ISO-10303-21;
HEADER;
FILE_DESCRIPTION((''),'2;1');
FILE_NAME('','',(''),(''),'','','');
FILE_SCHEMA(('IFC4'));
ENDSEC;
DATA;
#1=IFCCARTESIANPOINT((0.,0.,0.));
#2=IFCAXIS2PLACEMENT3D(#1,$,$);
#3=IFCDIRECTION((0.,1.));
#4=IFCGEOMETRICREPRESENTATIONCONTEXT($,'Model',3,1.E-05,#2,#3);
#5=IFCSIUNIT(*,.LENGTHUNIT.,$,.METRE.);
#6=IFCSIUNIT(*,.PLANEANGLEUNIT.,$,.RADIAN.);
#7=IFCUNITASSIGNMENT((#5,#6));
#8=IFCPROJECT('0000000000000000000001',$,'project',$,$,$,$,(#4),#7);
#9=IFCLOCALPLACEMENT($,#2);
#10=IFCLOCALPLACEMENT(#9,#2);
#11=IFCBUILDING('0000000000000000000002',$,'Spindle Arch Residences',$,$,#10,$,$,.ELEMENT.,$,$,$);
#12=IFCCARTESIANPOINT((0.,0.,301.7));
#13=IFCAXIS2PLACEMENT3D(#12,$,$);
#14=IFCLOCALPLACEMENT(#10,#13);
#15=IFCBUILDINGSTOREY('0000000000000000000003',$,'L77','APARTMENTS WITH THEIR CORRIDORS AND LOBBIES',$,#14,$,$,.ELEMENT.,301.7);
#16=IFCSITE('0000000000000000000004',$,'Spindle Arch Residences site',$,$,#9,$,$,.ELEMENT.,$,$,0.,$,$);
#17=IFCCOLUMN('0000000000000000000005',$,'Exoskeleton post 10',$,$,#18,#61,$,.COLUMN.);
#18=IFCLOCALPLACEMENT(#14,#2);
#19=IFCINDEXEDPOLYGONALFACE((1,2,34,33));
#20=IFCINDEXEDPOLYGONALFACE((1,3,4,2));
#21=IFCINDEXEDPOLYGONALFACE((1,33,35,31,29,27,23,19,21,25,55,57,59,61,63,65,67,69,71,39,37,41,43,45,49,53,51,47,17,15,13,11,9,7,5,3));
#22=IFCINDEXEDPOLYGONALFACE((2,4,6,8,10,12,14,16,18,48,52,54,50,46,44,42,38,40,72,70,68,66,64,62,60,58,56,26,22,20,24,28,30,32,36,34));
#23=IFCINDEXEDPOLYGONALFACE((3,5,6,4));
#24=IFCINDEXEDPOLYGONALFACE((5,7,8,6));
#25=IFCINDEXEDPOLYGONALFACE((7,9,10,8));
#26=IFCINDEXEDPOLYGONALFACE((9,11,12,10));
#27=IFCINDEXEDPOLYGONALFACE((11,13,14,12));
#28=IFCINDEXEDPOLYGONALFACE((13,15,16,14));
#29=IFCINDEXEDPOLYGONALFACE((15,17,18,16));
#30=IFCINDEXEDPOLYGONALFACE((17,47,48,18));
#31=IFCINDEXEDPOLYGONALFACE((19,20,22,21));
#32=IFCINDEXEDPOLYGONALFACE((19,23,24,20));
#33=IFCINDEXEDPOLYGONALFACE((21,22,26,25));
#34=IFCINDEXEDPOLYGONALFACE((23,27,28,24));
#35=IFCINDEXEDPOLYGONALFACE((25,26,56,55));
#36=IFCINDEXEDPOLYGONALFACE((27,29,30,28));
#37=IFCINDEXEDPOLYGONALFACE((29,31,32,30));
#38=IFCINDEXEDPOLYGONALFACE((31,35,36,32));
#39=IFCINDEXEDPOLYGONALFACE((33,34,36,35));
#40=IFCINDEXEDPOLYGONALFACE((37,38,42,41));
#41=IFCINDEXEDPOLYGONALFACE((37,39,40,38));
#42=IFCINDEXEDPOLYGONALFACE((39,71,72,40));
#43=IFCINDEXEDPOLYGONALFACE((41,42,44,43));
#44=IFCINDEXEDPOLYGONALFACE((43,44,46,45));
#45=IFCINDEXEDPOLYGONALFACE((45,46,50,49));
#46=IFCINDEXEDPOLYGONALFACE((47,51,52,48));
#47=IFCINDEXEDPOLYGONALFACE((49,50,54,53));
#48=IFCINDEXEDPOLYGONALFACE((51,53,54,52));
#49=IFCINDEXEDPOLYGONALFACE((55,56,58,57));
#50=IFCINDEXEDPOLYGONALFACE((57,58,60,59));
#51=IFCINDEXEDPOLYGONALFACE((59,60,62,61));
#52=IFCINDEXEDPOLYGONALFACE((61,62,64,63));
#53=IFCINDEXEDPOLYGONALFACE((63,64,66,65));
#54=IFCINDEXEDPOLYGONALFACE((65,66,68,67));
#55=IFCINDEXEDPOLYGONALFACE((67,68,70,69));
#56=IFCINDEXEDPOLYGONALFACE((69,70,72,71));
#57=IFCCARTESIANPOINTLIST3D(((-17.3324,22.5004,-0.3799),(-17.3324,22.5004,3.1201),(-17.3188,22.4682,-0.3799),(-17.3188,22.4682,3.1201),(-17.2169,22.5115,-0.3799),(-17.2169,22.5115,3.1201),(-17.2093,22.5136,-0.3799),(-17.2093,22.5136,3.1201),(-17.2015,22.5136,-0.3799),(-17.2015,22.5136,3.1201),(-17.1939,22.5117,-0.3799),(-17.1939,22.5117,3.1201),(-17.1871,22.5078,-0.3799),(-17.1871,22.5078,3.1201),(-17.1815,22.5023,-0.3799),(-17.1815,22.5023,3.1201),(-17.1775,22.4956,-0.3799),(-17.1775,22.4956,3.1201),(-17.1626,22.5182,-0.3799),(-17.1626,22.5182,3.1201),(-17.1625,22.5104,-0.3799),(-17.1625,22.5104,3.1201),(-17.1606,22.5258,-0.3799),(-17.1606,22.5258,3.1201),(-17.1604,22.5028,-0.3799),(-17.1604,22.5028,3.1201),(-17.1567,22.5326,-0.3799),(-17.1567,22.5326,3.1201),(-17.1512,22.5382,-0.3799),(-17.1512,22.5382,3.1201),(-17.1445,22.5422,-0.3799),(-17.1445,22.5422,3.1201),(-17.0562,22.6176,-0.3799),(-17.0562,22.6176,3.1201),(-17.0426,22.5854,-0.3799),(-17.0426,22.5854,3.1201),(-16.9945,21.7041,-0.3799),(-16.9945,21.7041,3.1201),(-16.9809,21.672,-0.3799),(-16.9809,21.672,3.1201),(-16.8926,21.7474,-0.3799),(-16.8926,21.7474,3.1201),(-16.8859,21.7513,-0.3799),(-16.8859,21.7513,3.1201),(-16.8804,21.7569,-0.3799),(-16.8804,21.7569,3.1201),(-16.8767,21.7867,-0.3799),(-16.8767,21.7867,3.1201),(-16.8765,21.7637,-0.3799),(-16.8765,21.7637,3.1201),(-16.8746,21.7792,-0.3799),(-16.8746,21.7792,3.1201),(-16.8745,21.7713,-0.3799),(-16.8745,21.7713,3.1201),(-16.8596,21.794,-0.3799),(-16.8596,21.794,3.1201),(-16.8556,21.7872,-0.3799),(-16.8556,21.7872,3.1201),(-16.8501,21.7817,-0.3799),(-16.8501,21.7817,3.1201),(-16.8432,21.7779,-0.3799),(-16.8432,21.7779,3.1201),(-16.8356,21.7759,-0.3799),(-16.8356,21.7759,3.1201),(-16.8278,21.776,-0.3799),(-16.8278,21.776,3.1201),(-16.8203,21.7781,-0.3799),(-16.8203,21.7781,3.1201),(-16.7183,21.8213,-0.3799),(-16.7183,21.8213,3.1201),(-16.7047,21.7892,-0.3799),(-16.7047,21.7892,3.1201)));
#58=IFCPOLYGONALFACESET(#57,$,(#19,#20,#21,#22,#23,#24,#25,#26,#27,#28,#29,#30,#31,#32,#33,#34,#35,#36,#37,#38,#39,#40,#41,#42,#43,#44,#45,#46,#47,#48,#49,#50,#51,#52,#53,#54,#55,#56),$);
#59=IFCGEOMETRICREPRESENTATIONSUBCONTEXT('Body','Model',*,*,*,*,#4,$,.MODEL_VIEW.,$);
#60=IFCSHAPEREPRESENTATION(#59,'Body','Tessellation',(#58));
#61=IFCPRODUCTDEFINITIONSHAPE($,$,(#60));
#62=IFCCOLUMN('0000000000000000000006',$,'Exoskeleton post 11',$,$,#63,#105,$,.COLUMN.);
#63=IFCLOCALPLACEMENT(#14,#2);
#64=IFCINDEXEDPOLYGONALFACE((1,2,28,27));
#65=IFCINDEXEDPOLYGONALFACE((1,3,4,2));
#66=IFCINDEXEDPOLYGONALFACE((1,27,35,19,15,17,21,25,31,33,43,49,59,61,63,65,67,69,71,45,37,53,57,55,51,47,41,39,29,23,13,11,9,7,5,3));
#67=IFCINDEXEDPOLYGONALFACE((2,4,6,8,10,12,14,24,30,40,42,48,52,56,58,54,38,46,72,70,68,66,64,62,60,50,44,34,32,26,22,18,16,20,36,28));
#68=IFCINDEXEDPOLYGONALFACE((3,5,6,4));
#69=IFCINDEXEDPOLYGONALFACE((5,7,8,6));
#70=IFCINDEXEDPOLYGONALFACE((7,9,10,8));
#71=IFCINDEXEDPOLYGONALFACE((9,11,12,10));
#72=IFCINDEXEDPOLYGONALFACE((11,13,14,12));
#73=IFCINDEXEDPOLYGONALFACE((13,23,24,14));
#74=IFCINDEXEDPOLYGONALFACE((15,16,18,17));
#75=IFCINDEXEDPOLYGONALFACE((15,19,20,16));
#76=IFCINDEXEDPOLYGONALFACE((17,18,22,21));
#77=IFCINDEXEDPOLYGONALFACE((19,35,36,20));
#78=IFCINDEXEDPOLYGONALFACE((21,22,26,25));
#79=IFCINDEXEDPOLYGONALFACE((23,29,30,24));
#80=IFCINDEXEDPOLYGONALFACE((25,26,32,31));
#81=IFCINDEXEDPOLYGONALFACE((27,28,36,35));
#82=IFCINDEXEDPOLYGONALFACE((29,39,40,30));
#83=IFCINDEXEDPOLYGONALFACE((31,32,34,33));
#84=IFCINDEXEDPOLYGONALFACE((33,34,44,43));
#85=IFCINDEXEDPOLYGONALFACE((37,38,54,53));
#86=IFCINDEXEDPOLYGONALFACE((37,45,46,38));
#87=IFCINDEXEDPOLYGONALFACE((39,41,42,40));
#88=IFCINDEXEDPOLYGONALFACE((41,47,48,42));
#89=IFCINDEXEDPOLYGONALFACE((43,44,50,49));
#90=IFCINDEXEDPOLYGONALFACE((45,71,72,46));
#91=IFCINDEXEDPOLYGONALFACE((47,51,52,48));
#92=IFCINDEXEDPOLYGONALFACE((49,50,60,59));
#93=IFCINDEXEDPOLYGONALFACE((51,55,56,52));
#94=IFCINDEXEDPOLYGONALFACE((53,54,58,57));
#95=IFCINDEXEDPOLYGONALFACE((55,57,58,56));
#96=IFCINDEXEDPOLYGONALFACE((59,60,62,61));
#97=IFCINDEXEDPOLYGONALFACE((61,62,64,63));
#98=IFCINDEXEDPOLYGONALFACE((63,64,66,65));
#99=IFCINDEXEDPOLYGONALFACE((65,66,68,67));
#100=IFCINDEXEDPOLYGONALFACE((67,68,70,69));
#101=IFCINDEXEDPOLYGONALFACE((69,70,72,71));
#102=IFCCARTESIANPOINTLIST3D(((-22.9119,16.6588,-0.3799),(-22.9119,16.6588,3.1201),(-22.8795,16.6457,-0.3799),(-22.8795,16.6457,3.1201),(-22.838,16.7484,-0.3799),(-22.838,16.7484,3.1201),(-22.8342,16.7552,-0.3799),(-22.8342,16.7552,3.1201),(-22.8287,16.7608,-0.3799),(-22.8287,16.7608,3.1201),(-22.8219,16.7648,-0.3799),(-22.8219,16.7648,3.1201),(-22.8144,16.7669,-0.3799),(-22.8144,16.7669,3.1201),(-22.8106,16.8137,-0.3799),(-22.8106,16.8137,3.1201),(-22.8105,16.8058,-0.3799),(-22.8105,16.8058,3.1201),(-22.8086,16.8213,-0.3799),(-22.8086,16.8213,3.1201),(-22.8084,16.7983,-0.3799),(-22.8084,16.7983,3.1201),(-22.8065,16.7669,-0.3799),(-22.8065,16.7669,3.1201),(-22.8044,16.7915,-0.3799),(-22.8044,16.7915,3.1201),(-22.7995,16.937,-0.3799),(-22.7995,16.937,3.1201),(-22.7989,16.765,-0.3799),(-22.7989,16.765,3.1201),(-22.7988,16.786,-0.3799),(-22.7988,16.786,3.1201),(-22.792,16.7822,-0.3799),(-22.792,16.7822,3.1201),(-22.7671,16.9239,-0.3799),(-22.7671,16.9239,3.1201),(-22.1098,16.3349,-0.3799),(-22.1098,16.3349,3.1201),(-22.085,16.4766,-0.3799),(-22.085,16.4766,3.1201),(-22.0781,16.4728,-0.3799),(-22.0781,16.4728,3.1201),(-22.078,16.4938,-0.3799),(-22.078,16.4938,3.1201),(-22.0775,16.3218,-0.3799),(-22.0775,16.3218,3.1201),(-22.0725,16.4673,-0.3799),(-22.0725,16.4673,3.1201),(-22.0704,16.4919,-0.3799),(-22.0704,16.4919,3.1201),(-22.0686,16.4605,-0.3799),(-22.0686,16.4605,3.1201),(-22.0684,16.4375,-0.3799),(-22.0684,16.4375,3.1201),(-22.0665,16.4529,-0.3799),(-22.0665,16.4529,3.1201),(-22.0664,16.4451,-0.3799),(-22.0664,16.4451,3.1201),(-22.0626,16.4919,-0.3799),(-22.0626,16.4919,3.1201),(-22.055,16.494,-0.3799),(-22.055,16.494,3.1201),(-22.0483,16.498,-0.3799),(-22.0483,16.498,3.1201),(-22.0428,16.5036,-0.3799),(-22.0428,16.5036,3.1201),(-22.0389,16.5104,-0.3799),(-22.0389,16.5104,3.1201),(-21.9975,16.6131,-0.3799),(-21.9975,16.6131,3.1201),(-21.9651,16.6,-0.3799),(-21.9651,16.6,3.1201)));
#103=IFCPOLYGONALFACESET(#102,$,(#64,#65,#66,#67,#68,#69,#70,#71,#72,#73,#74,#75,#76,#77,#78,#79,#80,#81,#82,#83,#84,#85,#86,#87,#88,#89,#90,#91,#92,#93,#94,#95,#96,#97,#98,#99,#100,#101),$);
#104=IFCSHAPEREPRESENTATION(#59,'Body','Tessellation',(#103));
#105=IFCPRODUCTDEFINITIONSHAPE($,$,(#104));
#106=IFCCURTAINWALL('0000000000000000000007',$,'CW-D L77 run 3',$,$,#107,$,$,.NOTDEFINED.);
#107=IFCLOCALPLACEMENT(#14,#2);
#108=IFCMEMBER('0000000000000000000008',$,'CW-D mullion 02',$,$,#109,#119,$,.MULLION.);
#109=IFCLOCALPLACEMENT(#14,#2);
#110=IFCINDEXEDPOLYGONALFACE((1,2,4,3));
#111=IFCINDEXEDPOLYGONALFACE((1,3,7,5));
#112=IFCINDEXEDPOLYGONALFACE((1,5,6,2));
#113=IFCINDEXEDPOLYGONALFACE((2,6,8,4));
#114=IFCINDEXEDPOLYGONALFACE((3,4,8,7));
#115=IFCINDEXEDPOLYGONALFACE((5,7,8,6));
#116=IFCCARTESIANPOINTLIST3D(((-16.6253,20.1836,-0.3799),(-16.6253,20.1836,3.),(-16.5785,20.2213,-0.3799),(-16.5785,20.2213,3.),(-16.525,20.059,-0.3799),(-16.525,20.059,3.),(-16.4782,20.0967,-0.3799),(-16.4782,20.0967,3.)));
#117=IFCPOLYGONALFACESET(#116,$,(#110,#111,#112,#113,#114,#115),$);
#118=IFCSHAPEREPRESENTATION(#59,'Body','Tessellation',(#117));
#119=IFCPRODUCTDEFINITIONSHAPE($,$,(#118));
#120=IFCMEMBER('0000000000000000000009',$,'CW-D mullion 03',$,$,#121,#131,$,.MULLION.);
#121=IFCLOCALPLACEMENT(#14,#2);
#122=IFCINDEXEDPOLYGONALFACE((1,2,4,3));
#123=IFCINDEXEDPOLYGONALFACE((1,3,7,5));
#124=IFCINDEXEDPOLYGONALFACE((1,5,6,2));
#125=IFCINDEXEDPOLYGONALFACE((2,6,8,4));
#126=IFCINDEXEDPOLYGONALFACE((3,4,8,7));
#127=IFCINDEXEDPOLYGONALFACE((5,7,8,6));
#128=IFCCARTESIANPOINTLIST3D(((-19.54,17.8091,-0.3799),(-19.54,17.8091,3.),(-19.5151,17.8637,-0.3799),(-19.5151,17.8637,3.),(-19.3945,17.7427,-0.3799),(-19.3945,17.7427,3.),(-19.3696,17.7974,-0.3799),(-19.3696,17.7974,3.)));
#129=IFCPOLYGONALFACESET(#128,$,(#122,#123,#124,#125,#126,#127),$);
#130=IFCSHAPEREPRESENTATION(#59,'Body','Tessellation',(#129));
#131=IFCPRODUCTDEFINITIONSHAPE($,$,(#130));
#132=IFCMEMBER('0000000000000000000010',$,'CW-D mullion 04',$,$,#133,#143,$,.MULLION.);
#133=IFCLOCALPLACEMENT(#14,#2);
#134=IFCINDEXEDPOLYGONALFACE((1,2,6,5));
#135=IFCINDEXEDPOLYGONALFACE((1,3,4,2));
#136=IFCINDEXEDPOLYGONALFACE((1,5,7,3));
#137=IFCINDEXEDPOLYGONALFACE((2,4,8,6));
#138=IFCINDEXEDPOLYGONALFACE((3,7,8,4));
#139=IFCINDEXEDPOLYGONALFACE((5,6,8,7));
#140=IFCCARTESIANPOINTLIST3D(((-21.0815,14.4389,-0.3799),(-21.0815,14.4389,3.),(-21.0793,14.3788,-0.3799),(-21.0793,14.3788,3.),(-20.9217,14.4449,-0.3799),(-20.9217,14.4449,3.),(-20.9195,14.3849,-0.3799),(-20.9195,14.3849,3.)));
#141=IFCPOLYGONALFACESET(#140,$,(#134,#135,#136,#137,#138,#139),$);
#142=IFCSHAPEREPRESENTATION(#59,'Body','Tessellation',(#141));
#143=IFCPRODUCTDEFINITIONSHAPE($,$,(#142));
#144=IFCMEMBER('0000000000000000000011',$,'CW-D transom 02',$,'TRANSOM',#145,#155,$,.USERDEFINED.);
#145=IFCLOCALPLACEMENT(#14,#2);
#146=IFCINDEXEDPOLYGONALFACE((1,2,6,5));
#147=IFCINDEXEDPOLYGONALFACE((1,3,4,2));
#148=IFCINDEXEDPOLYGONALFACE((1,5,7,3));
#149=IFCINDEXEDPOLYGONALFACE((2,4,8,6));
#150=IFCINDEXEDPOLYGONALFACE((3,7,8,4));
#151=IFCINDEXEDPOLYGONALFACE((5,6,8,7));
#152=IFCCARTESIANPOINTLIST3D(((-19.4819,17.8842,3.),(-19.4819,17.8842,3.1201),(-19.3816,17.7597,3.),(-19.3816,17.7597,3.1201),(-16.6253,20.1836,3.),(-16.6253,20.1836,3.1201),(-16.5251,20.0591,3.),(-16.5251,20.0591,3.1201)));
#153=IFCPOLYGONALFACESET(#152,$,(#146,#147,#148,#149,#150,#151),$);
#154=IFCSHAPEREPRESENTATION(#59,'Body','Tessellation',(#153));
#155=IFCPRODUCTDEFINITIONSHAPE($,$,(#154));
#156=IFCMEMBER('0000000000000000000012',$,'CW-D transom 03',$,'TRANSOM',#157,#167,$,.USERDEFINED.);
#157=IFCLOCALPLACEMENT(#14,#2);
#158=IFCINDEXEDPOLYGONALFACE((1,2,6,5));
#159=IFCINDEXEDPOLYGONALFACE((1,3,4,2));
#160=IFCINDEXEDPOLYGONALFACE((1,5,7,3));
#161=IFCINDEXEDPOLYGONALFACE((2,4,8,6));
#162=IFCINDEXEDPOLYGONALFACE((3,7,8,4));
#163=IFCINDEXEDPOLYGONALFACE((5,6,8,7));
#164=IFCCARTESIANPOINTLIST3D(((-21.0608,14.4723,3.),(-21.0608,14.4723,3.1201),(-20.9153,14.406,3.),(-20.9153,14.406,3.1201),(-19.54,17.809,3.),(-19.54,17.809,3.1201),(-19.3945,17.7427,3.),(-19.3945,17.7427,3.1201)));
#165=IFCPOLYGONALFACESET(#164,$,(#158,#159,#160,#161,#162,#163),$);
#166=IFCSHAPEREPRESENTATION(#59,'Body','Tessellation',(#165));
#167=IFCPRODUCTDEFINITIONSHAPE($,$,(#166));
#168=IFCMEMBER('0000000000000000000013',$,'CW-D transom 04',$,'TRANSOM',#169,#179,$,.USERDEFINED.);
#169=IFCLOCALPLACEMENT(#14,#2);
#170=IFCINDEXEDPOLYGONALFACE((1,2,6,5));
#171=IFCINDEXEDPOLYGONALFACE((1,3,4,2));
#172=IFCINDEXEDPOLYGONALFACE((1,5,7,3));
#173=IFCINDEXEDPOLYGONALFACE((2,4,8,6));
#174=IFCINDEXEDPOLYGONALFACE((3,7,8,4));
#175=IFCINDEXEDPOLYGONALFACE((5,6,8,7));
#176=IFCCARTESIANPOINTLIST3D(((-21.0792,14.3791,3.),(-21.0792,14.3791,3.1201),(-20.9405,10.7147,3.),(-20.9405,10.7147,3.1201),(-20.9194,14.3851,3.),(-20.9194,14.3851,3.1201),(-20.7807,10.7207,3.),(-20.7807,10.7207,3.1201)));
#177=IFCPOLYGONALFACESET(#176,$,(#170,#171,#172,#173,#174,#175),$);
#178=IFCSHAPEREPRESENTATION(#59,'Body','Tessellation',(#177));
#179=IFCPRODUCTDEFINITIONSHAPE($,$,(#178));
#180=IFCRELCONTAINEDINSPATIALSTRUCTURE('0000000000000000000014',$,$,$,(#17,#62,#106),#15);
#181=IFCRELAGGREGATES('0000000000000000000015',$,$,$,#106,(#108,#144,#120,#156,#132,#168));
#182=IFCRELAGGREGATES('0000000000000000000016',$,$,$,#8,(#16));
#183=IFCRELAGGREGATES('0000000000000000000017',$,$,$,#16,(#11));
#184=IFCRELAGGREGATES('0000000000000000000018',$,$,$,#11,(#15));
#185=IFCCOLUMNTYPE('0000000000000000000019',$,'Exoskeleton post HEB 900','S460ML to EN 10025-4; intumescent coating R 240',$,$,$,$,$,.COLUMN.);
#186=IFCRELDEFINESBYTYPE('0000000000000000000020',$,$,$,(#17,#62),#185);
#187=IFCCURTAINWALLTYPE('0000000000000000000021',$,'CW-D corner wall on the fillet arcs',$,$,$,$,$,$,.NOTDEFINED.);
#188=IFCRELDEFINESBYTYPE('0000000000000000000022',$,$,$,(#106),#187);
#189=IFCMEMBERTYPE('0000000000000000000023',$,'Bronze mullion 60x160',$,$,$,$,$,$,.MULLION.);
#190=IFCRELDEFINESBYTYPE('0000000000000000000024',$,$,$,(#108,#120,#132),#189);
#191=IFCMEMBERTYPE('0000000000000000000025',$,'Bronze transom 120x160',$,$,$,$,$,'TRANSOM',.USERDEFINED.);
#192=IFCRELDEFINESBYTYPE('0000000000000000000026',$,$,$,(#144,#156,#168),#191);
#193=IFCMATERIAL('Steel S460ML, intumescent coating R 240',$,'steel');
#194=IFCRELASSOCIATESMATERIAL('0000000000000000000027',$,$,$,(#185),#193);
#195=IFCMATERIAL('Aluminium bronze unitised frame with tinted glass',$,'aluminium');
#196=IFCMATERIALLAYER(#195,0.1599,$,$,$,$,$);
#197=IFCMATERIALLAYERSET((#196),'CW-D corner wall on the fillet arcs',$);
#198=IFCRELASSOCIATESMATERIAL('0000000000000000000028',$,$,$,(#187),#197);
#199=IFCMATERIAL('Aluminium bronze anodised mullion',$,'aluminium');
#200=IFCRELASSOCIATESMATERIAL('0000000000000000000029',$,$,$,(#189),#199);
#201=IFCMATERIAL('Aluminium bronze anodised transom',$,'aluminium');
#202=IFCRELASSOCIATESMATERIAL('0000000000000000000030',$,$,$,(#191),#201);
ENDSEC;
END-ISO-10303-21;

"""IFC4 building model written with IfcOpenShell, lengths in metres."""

from ifc_helpers import new_model, si_unit, direction, frame, origin, origin_2d, place, context, subcontext, project, spatial, rectangle, i_section, extrude, material, layer, layer_set, material_profile, profile_set, type_object, element, aggregate, save


model = new_model("IFC4")

# Units and contexts
model_context = context("Model", 3, precision=1e-05, world=origin(), true_north=direction((0.0, 1.0)))
body_context = subcontext(model_context, "Body", "Model", "MODEL_VIEW")
ifc_project = project(units=[si_unit("LENGTHUNIT", "METRE"), si_unit("PLANEANGLEUNIT", "RADIAN")], contexts=[model_context])

# Site, building, storey
site_placement = place(None, origin())
site = spatial("IfcSite", under=ifc_project, at=site_placement, Name="Spindle Arch Residences site", CompositionType="ELEMENT", RefElevation=0.0)
building_placement = place(site_placement, origin())
building = spatial("IfcBuilding", under=site, at=building_placement, Name="Spindle Arch Residences", CompositionType="ELEMENT")
storey_placement = place(building_placement, frame((0.0, 0.0, 301.7)))
storey = spatial("IfcBuildingStorey", under=building, at=storey_placement, Name="L77", Description="APARTMENTS WITH THEIR CORRIDORS AND LOBBIES", CompositionType="ELEMENT", Elevation=301.7)

# Columns
ifc_material_1 = material(Name="Steel S460ML, intumescent coating R 240", Category="steel")
ifc_material_profile_1 = material_profile(ifc_material_1, i_section(OverallWidth=0.3, OverallDepth=0.8999, WebThickness=0.0186, FlangeThickness=0.0349, FilletRadius=0.03, at=origin_2d()), Name="HEB 900")
ifc_profile_set_1 = profile_set([ifc_material_profile_1], Name="Steel S460ML, intumescent coating R 240")
column_type = type_object("IfcColumnType", Name="Exoskeleton post HEB 900", Description="S460ML to EN 10025-4; intumescent coating R 240", PredefinedType="COLUMN", material=ifc_profile_set_1)
for number, where, z_axis, x_axis, name in (
    (1, (-17.0186, 22.1448, -0.3799), (0.0, 0.0, 1.0), (0.920554, 0.390614, 0.0), "Exoskeleton post 10"),
    (2, (-22.4385, 16.6294, -0.3799), (0.0, 0.0, 1.0), (0.374489, 0.927231, 0.0), "Exoskeleton post 11"),
):
    element("IfcColumn", number, at=place(storey_placement, frame(where, z_axis=z_axis, x_axis=x_axis)), inside=storey, type_object=column_type, Name=name, PredefinedType="COLUMN", context=body_context, shape_type="SweptSolid", body=[
        extrude(i_section(OverallWidth=0.3, OverallDepth=0.8999, WebThickness=0.0186, FlangeThickness=0.0349, FilletRadius=0.03, at=origin_2d()), origin(), (0.0, 0.0, 1.0), 3.5),
    ])

# Curtain wall, members
ifc_material_2 = material(Name="Aluminium bronze unitised frame with tinted glass", Category="aluminium")
ifc_layer_1 = layer(ifc_material_2, 0.1599)
ifc_layer_set_1 = layer_set([ifc_layer_1], Name="CW-D corner wall on the fillet arcs")
curtain_wall_type = type_object("IfcCurtainWallType", Name="CW-D corner wall on the fillet arcs", PredefinedType="NOTDEFINED", material=ifc_layer_set_1)
curtain_wall_placement = place(storey_placement, origin())
curtain_wall = element("IfcCurtainWall", 3, at=curtain_wall_placement, inside=storey, type_object=curtain_wall_type, Name="CW-D L77 run 3", PredefinedType="NOTDEFINED")
ifc_material_3 = material(Name="Aluminium bronze anodised mullion", Category="aluminium")
ifc_material_profile_2 = material_profile(ifc_material_3, rectangle(XDim=0.1599, YDim=0.0601, at=origin_2d()), Name="MU 60x160")
ifc_profile_set_2 = profile_set([ifc_material_profile_2], Name="Aluminium bronze anodised mullion")
member_type_1 = type_object("IfcMemberType", Name="Bronze mullion 60x160", PredefinedType="MULLION", material=ifc_profile_set_2)
member_1_placement = place(storey_placement, frame((-16.5518, 20.1401, -0.3799), z_axis=(0.0, 0.0, 1.0), x_axis=(0.627057, -0.778973, 0.0)))
member_1 = element("IfcMember", 4, at=member_1_placement, type_object=member_type_1, Name="CW-D mullion 02", PredefinedType="MULLION", context=body_context, shape_type="SweptSolid", body=[
    extrude(rectangle(XDim=0.1599, YDim=0.0601, at=origin_2d()), origin(), (0.0, 0.0, 1.0), 3.3799),
])
member_2_placement = place(storey_placement, frame((-19.4548, 17.8032, -0.3799), z_axis=(0.0, 0.0, 1.0), x_axis=(0.909961, -0.414693, 0.0)))
member_2 = element("IfcMember", 5, at=member_2_placement, type_object=member_type_1, Name="CW-D mullion 03", PredefinedType="MULLION", context=body_context, shape_type="SweptSolid", body=[
    extrude(rectangle(XDim=0.1599, YDim=0.0601, at=origin_2d()), origin(), (0.0, 0.0, 1.0), 3.3799),
])
member_3_placement = place(storey_placement, frame((-21.0005, 14.4119, -0.3799), z_axis=(0.0, 0.0, 1.0), x_axis=(0.999285, 0.037806, 0.0)))
member_3 = element("IfcMember", 6, at=member_3_placement, type_object=member_type_1, Name="CW-D mullion 04", PredefinedType="MULLION", context=body_context, shape_type="SweptSolid", body=[
    extrude(rectangle(XDim=0.1599, YDim=0.0601, at=origin_2d()), origin(), (0.0, 0.0, 1.0), 3.3799),
])
ifc_material_4 = material(Name="Aluminium bronze anodised transom", Category="aluminium")
ifc_material_profile_3 = material_profile(ifc_material_4, rectangle(XDim=0.1599, YDim=0.1201, at=origin_2d()), Name="TR 120x160")
ifc_profile_set_3 = profile_set([ifc_material_profile_3], Name="Aluminium bronze anodised transom")
member_type_2 = type_object("IfcMemberType", Name="Bronze transom 120x160", ElementType="TRANSOM", PredefinedType="USERDEFINED", material=ifc_profile_set_3)
member_4_placement = place(storey_placement, frame((-16.5752, 20.1213, 3.0601), z_axis=(-0.778982, -0.627047, 0.0), x_axis=(0.627047, -0.778982, 0.0)))
member_4 = element("IfcMember", 7, at=member_4_placement, type_object=member_type_2, Name="CW-D transom 02", ObjectType="TRANSOM", PredefinedType="USERDEFINED", context=body_context, shape_type="SweptSolid", body=[
    extrude(rectangle(XDim=0.1599, YDim=0.1201, at=origin_2d()), origin(), (0.0, 0.0, 1.0), 3.667),
])
member_5_placement = place(storey_placement, frame((-19.4673, 17.7759, 3.0601), z_axis=(-0.414726, -0.909946, 0.0), x_axis=(0.909946, -0.414726, 0.0)))
member_5 = element("IfcMember", 8, at=member_5_placement, type_object=member_type_2, Name="CW-D transom 03", ObjectType="TRANSOM", PredefinedType="USERDEFINED", context=body_context, shape_type="SweptSolid", body=[
    extrude(rectangle(XDim=0.1599, YDim=0.1201, at=origin_2d()), origin(), (0.0, 0.0, 1.0), 3.667),
])
member_6_placement = place(storey_placement, frame((-20.9993, 14.3821, 3.0601), z_axis=(0.037817, -0.999285, 0.0), x_axis=(0.999285, 0.037817, 0.0)))
member_6 = element("IfcMember", 9, at=member_6_placement, type_object=member_type_2, Name="CW-D transom 04", ObjectType="TRANSOM", PredefinedType="USERDEFINED", context=body_context, shape_type="SweptSolid", body=[
    extrude(rectangle(XDim=0.1599, YDim=0.1201, at=origin_2d()), origin(), (0.0, 0.0, 1.0), 3.667),
])

aggregate(curtain_wall, [member_1, member_4, member_2, member_5, member_3, member_6])

save(model, "model.ifc")
